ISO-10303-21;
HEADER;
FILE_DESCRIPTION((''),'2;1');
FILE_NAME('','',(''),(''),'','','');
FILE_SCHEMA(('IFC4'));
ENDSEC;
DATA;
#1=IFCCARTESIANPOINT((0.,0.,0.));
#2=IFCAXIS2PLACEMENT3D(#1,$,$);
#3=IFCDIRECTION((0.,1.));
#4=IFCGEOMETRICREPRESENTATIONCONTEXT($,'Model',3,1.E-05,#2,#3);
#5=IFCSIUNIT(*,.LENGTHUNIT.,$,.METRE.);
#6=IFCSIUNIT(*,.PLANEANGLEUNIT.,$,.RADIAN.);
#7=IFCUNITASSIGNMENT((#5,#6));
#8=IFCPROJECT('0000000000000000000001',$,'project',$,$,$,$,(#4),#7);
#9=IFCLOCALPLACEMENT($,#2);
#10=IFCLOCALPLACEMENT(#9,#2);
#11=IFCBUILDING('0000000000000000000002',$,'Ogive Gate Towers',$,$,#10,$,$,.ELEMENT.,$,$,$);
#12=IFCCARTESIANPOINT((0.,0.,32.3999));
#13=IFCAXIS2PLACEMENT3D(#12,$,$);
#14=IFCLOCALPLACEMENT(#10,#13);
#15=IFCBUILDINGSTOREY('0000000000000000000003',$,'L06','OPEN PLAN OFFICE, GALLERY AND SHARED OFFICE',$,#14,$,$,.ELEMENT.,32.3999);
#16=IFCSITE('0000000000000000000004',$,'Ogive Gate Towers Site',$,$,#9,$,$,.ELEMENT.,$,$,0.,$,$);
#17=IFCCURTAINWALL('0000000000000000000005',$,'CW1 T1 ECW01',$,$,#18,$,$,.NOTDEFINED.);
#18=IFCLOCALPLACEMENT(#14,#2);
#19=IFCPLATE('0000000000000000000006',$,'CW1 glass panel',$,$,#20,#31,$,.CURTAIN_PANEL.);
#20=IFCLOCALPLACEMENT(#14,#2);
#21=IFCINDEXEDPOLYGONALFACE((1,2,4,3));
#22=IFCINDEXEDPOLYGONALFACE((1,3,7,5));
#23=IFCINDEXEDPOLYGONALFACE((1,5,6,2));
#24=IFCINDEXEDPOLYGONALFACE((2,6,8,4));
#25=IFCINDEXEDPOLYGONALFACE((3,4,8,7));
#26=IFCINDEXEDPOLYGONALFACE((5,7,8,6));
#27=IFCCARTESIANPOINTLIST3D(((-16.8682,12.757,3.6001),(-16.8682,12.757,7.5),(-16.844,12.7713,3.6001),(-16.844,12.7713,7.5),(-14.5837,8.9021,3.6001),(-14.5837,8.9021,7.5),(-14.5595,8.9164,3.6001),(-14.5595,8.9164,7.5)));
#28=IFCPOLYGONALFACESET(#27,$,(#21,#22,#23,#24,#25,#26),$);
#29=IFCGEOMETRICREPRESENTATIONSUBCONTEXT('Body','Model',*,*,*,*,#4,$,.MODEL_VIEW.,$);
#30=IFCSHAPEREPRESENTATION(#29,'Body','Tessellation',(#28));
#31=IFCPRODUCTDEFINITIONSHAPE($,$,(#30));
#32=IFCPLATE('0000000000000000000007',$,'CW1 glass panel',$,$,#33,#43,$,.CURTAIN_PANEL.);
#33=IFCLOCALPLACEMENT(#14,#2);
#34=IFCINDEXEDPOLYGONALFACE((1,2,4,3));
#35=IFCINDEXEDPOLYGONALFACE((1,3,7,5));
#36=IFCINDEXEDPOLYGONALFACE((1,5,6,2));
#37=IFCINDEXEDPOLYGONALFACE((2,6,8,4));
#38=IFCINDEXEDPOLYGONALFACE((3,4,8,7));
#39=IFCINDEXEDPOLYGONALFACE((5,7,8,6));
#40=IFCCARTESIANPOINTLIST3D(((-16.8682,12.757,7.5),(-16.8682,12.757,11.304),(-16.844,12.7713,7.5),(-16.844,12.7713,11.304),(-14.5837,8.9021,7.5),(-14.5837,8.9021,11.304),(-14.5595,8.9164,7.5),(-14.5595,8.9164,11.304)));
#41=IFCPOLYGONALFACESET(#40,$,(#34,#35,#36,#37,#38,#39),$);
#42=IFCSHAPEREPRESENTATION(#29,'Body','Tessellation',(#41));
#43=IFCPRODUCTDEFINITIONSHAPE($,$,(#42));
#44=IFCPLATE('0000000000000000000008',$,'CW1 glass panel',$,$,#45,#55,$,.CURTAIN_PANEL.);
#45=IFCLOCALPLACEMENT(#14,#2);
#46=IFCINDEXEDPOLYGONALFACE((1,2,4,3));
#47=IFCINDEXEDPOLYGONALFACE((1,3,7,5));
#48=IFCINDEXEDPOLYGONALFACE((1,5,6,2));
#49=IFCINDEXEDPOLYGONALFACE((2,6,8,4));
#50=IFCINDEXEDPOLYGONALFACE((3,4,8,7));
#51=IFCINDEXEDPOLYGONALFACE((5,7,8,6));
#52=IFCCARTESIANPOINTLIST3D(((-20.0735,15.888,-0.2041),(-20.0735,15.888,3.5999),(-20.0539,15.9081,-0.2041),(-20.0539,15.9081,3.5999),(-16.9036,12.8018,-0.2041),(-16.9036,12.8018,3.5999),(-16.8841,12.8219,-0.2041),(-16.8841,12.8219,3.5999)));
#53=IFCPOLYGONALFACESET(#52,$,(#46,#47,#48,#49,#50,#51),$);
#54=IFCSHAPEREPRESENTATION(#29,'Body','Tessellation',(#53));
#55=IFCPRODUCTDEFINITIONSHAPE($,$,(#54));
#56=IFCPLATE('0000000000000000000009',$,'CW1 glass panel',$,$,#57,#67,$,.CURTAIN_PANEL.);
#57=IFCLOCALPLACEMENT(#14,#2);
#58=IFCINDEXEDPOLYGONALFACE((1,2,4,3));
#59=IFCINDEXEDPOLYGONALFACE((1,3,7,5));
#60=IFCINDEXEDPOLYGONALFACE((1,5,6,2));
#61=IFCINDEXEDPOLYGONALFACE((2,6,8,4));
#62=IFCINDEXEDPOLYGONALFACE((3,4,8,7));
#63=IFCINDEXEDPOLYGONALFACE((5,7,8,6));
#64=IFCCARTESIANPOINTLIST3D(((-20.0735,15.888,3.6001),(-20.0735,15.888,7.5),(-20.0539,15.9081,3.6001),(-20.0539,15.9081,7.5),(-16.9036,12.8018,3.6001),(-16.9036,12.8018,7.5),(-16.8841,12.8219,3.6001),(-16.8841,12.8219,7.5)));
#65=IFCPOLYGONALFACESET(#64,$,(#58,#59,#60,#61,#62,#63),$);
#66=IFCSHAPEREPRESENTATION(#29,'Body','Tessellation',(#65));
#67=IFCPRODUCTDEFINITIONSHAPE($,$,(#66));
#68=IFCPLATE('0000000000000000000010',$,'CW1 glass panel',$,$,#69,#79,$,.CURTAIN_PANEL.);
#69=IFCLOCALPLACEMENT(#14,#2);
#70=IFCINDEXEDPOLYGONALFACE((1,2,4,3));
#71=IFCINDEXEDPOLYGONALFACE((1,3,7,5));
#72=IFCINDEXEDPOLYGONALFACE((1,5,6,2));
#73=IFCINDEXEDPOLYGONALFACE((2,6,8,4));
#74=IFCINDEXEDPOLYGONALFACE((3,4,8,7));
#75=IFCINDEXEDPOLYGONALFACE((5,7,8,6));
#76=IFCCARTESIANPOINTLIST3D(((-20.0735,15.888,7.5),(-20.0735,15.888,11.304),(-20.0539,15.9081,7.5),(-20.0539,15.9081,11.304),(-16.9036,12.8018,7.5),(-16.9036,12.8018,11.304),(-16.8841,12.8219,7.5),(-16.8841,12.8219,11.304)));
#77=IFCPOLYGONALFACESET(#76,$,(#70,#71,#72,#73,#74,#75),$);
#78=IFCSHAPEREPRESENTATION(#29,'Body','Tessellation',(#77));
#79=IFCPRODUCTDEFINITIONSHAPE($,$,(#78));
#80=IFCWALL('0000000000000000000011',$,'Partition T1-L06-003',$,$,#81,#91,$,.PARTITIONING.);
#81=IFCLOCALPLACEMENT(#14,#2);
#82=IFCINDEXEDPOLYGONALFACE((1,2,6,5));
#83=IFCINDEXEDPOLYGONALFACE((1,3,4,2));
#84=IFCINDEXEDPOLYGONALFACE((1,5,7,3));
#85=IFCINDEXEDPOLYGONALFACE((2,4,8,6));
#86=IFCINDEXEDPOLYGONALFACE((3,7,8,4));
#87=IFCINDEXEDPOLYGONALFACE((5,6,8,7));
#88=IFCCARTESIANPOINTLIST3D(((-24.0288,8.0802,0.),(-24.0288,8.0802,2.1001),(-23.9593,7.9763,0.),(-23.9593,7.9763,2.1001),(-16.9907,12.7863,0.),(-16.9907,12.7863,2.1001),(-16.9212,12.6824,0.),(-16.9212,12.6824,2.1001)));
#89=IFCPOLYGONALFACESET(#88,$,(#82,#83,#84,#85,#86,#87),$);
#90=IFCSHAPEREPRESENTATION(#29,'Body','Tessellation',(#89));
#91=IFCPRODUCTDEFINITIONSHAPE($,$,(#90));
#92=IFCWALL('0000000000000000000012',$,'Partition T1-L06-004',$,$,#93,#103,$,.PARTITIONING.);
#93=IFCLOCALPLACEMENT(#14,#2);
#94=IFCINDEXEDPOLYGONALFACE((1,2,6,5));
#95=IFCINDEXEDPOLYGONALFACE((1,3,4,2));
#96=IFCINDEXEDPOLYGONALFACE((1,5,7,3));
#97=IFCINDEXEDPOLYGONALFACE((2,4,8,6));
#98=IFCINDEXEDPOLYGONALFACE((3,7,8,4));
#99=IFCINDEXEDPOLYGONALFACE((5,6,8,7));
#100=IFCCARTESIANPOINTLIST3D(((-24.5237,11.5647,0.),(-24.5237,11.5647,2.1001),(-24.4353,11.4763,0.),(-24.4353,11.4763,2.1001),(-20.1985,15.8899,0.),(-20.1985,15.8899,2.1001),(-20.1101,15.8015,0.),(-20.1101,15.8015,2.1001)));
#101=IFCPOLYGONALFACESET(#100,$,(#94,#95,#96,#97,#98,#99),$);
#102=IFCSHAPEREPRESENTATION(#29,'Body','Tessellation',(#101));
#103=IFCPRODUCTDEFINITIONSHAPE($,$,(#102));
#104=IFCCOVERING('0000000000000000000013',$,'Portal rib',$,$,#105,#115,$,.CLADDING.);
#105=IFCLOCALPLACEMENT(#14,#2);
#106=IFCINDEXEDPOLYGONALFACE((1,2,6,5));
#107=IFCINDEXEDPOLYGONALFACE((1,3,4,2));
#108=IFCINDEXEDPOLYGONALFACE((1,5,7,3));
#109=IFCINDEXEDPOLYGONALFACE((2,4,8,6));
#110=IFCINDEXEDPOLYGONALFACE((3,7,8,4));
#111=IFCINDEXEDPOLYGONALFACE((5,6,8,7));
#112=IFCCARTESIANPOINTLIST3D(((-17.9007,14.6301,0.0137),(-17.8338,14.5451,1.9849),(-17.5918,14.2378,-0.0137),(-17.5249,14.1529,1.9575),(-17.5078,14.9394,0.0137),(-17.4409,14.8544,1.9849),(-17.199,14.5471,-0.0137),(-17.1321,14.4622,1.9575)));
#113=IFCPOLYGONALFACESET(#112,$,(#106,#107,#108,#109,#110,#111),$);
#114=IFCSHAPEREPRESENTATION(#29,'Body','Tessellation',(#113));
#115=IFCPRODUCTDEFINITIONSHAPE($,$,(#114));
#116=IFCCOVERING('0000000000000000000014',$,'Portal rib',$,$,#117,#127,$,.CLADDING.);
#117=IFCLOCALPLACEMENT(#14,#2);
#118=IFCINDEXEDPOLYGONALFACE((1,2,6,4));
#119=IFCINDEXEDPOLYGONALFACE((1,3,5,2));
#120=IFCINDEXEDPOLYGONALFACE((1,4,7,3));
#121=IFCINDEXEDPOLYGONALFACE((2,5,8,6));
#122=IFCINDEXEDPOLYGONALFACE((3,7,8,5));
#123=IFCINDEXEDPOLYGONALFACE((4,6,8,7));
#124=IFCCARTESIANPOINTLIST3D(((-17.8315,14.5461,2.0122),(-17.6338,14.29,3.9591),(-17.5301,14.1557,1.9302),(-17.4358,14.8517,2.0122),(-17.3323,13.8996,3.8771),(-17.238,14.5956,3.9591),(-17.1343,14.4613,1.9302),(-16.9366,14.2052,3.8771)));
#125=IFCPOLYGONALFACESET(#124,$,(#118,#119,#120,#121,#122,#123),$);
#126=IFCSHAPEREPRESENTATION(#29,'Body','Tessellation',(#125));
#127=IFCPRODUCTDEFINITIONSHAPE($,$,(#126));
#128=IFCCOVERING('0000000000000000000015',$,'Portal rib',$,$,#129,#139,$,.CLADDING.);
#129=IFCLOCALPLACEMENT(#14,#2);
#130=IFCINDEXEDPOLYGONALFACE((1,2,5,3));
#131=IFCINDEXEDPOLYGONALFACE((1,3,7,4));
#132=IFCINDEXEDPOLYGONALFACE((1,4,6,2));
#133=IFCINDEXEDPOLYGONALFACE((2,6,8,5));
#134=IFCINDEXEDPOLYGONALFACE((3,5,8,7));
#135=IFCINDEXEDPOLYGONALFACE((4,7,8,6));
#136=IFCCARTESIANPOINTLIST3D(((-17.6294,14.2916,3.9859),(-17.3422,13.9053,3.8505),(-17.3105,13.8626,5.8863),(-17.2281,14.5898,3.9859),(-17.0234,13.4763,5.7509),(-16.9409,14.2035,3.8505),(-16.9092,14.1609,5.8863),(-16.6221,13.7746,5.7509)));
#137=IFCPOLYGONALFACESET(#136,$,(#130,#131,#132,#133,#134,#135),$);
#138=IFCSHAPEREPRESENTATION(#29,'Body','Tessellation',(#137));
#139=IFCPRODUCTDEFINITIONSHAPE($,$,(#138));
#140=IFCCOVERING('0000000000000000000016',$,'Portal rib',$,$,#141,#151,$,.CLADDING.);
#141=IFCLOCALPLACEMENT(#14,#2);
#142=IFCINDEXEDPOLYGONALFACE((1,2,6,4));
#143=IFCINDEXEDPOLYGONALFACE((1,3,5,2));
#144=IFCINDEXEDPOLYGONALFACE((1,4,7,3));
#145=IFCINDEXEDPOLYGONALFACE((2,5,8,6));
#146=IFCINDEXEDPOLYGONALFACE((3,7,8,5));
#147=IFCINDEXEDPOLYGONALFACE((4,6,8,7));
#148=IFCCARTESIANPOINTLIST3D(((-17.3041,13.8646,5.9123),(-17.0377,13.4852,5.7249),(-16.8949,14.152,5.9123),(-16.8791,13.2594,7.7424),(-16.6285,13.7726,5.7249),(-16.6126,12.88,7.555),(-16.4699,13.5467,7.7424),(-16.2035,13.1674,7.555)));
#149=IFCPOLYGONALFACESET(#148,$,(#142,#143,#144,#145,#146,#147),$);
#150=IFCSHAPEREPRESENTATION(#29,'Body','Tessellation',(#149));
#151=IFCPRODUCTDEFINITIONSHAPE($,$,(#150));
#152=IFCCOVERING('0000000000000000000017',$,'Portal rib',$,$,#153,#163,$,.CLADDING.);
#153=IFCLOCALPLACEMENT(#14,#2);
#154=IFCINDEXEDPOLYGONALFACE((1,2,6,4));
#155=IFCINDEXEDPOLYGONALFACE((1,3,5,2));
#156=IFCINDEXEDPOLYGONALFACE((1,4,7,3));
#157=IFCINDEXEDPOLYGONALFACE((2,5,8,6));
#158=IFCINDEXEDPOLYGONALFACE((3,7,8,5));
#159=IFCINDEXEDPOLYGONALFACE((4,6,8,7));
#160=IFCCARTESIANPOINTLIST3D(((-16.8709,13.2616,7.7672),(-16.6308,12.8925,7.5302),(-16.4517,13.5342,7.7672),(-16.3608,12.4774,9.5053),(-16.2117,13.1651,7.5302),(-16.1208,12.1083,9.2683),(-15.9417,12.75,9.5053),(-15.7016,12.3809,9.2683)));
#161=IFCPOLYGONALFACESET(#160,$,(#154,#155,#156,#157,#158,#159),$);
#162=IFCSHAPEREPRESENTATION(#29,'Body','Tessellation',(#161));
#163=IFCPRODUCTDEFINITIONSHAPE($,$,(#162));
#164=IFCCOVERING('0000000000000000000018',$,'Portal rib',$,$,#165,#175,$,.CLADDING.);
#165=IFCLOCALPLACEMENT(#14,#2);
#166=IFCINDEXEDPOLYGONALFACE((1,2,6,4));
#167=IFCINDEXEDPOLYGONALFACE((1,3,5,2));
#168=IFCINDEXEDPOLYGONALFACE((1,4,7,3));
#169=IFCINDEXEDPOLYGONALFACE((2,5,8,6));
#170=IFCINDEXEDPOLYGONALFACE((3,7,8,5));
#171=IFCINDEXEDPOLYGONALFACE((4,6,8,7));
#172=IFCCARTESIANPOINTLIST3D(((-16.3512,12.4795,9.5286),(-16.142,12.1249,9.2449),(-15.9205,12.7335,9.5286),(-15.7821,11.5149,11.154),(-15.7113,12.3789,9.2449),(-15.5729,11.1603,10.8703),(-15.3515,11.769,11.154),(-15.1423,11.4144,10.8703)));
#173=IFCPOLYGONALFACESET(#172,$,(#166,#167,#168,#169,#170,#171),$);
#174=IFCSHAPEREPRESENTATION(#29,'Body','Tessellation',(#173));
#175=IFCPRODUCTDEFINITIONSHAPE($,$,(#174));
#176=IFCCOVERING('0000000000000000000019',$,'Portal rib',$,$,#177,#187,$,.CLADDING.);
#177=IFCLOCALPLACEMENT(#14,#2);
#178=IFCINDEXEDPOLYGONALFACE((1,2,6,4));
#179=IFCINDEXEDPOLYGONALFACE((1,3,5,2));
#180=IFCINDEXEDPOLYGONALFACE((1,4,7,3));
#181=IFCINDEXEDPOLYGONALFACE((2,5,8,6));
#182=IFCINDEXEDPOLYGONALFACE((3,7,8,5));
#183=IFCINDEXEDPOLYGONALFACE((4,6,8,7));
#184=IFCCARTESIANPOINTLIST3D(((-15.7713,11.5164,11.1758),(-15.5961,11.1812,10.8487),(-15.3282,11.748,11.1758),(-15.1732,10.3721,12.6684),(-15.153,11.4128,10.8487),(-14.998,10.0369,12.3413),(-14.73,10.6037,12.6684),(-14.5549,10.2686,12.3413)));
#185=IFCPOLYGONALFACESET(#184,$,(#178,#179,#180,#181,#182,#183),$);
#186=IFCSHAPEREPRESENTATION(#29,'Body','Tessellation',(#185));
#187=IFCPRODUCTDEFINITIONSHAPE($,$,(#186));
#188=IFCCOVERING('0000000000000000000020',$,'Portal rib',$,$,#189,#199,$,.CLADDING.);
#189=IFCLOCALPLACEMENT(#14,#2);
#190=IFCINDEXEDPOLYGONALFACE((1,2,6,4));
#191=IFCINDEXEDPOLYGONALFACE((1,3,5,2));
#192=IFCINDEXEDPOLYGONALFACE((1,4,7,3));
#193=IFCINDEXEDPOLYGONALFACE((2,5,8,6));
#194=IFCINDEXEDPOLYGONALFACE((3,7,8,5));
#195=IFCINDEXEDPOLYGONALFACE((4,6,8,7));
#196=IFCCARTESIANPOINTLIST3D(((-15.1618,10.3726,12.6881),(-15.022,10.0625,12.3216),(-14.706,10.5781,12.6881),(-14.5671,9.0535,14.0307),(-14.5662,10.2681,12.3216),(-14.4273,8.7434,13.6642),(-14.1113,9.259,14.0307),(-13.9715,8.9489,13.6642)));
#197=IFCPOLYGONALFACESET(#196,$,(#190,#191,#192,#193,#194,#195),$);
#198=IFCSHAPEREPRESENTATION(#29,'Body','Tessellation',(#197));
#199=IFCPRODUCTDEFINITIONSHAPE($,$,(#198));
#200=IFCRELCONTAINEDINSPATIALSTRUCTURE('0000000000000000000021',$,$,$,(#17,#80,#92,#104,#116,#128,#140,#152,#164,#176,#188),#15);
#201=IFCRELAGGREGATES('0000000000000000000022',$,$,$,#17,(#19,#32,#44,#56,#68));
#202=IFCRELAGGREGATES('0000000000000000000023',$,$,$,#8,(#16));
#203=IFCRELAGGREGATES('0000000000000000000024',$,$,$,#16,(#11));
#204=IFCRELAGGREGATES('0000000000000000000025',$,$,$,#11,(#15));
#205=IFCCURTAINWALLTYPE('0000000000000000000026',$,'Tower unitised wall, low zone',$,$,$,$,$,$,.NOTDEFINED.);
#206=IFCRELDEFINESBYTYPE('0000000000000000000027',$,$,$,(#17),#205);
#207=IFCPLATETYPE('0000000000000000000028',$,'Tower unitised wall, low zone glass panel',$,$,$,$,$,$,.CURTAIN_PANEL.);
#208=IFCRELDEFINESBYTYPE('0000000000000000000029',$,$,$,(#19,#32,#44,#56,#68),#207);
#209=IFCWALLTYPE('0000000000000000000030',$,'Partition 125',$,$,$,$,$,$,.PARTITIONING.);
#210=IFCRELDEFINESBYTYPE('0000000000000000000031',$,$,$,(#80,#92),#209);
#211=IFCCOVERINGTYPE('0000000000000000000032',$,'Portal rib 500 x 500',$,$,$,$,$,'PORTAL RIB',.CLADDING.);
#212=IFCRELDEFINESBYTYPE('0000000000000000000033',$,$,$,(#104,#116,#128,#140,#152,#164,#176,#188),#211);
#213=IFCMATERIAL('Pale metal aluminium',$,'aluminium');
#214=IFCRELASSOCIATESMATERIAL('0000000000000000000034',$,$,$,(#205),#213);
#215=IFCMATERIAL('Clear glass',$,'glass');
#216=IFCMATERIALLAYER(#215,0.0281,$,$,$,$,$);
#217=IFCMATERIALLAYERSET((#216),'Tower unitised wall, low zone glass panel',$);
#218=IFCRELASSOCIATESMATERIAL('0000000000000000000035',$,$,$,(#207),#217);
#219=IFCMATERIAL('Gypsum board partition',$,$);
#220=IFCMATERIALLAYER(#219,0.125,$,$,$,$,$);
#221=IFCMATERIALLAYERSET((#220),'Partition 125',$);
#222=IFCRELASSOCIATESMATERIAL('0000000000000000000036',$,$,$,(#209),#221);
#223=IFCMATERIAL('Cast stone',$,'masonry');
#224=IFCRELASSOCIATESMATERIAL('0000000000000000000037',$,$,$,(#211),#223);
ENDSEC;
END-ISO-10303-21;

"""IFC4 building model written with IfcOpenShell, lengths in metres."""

from ifc_helpers import new_model, si_unit, direction, frame, frame_2d, origin, origin_2d, place, context, subcontext, project, spatial, rectangle, extrude, material, layer, layer_set, material_profile, profile_set, type_object, element, aggregate, save


model = new_model("IFC4")

# Units and contexts
model_context = context("Model", 3, precision=1e-05, world=origin(), true_north=direction((0.0, 1.0)))
body_context = subcontext(model_context, "Body", "Model", "MODEL_VIEW")
ifc_project = project(units=[si_unit("LENGTHUNIT", "METRE"), si_unit("PLANEANGLEUNIT", "RADIAN")], contexts=[model_context])

# Site, building, storey
site_placement = place(None, origin())
site = spatial("IfcSite", under=ifc_project, at=site_placement, Name="Ogive Gate Towers Site", CompositionType="ELEMENT", RefElevation=0.0)
building_placement = place(site_placement, origin())
building = spatial("IfcBuilding", under=site, at=building_placement, Name="Ogive Gate Towers", CompositionType="ELEMENT")
storey_placement = place(building_placement, frame((0.0, 0.0, 32.3999)))
storey = spatial("IfcBuildingStorey", under=building, at=storey_placement, Name="L06", Description="OPEN PLAN OFFICE, GALLERY AND SHARED OFFICE", CompositionType="ELEMENT", Elevation=32.3999)

# Curtain wall
ifc_material_1 = material(Name="Pale metal aluminium", Category="aluminium")
curtain_wall_type = type_object("IfcCurtainWallType", Name="Tower unitised wall, low zone", PredefinedType="NOTDEFINED", material=ifc_material_1)
curtain_wall_1_placement = place(storey_placement, origin())
curtain_wall_1 = element("IfcCurtainWall", 1, at=curtain_wall_1_placement, inside=storey, type_object=curtain_wall_type, Name="CW1 T1 ECW01", PredefinedType="NOTDEFINED")

# Plates
ifc_material_2 = material(Name="Clear glass", Category="glass")
ifc_layer_1 = layer(ifc_material_2, 0.0281)
ifc_layer_set_1 = layer_set([ifc_layer_1], Name="Tower unitised wall, low zone glass panel")
plate_type = type_object("IfcPlateType", Name="Tower unitised wall, low zone glass panel", PredefinedType="CURTAIN_PANEL", material=ifc_layer_set_1)
plate_1_placement = place(storey_placement, frame((-15.7139, 10.8367, 3.6001), z_axis=(0.0, 0.0, 1.0), x_axis=(-0.509822, 0.86028, 0.0)))
plate_1 = element("IfcPlate", 2, at=plate_1_placement, type_object=plate_type, Name="CW1 glass panel", PredefinedType="CURTAIN_PANEL", context=body_context, shape_type="SweptSolid", body=[
    extrude(rectangle(XDim=4.481, YDim=0.0281, at=origin_2d()), origin(), (0.0, 0.0, 1.0), 3.8999),
])
plate_2_placement = place(storey_placement, frame((-15.7139, 10.8367, 7.5), z_axis=(0.0, 0.0, 1.0), x_axis=(-0.509822, 0.86028, 0.0)))
plate_2 = element("IfcPlate", 3, at=plate_2_placement, type_object=plate_type, Name="CW1 glass panel", PredefinedType="CURTAIN_PANEL", context=body_context, shape_type="SweptSolid", body=[
    extrude(rectangle(XDim=4.481, YDim=0.0281, at=origin_2d()), origin(), (0.0, 0.0, 1.0), 3.804),
])
plate_3_placement = place(storey_placement, frame((-18.4788, 14.355, -0.2041), z_axis=(0.0, 0.0, 1.0), x_axis=(-0.716497, 0.69759, 0.0)))
plate_3 = element("IfcPlate", 4, at=plate_3_placement, type_object=plate_type, Name="CW1 glass panel", PredefinedType="CURTAIN_PANEL", context=body_context, shape_type="SweptSolid", body=[
    extrude(rectangle(XDim=4.4241, YDim=0.0281, at=origin_2d()), origin(), (0.0, 0.0, 1.0), 3.804),
])
plate_4_placement = place(storey_placement, frame((-18.4788, 14.355, 3.6001), z_axis=(0.0, 0.0, 1.0), x_axis=(-0.716497, 0.69759, 0.0)))
plate_4 = element("IfcPlate", 5, at=plate_4_placement, type_object=plate_type, Name="CW1 glass panel", PredefinedType="CURTAIN_PANEL", context=body_context, shape_type="SweptSolid", body=[
    extrude(rectangle(XDim=4.4241, YDim=0.0281, at=origin_2d()), origin(), (0.0, 0.0, 1.0), 3.8999),
])
plate_5_placement = place(storey_placement, frame((-18.4788, 14.355, 7.5), z_axis=(0.0, 0.0, 1.0), x_axis=(-0.716497, 0.69759, 0.0)))
plate_5 = element("IfcPlate", 6, at=plate_5_placement, type_object=plate_type, Name="CW1 glass panel", PredefinedType="CURTAIN_PANEL", context=body_context, shape_type="SweptSolid", body=[
    extrude(rectangle(XDim=4.4241, YDim=0.0281, at=origin_2d()), origin(), (0.0, 0.0, 1.0), 3.804),
])
aggregate(curtain_wall_1, [plate_1, plate_2, plate_3, plate_4, plate_5])

# Walls
ifc_material_3 = material(Name="Gypsum board partition")
ifc_layer_2 = layer(ifc_material_3, 0.125)
ifc_layer_set_2 = layer_set([ifc_layer_2], Name="Partition 125")
wall_type = type_object("IfcWallType", Name="Partition 125", PredefinedType="PARTITIONING", material=ifc_layer_set_2)
wall_1_placement = place(storey_placement, frame((-16.9558, 12.7344, 0.0), z_axis=(0.0, 0.0, 1.0), x_axis=(-0.831286, -0.555844, 0.0)))
element("IfcWall", 7, at=wall_1_placement, inside=storey, type_object=wall_type, Name="Partition T1-L06-003", PredefinedType="PARTITIONING", context=body_context, shape_type="SweptSolid", body=[
    extrude(rectangle(XDim=8.4666, YDim=0.125, at=frame_2d((4.2334, 0.0))), origin(), (0.0, 0.0, 1.0), 2.1001),
])
wall_2_placement = place(storey_placement, frame((-20.1543, 15.8457, 0.0), z_axis=(0.0, 0.0, 1.0), x_axis=(-0.707107, -0.707107, 0.0)))
element("IfcWall", 8, at=wall_2_placement, inside=storey, type_object=wall_type, Name="Partition T1-L06-004", PredefinedType="PARTITIONING", context=body_context, shape_type="SweptSolid", body=[
    extrude(rectangle(XDim=6.1167, YDim=0.125, at=frame_2d((3.0583, 0.0))), origin(), (0.0, 0.0, 1.0), 2.1001),
])

# Coverings
ifc_material_4 = material(Name="Cast stone", Category="masonry")
ifc_material_profile_1 = material_profile(ifc_material_4, rectangle(XDim=0.5, YDim=0.5, at=origin_2d()), Name="500 x 500 cast stone")
ifc_profile_set_1 = profile_set([ifc_material_profile_1], Name="Cast stone")
covering_type = type_object("IfcCoveringType", Name="Portal rib 500 x 500", ElementType="PORTAL RIB", PredefinedType="CLADDING", material=ifc_profile_set_1)
covering_1_placement = place(storey_placement, frame((-17.5498, 14.5886, 0.0), z_axis=(0.033885, -0.043037, 0.998499), x_axis=(0.785691, 0.618619, 0.0)))
element("IfcCovering", 9, at=covering_1_placement, inside=storey, type_object=covering_type, Name="Portal rib", PredefinedType="CLADDING", context=body_context, shape_type="SweptSolid", body=[
    extrude(rectangle(XDim=0.5, YDim=0.5, at=origin_2d()), origin(), (0.0, 0.0, 1.0), 1.9741),
])
covering_2_placement = place(storey_placement, frame((-17.4829, 14.5037, 1.9712), z_axis=(0.100193, -0.129756, 0.986471), x_axis=(0.791501, 0.611168, 0.0)))
element("IfcCovering", 10, at=covering_2_placement, inside=storey, type_object=covering_type, Name="Portal rib", PredefinedType="CLADDING", context=body_context, shape_type="SweptSolid", body=[
    extrude(rectangle(XDim=0.5, YDim=0.5, at=origin_2d()), origin(), (0.0, 0.0, 1.0), 1.9736),
])
covering_3_placement = place(storey_placement, frame((-17.2852, 14.2476, 3.9182), z_axis=(0.161514, -0.217289, 0.962652), x_axis=(0.802569, 0.596559, 0.0)))
element("IfcCovering", 11, at=covering_3_placement, inside=storey, type_object=covering_type, Name="Portal rib", PredefinedType="CLADDING", context=body_context, shape_type="SweptSolid", body=[
    extrude(rectangle(XDim=0.5, YDim=0.5, at=origin_2d()), origin(), (0.0, 0.0, 1.0), 1.9741),
])
for number, where, z_axis, x_axis, name in (
    (12, (-16.9663, 13.8186, 5.8186), (0.215338, -0.306619, 0.927154), (0.818347, 0.574725, 0.0), "Portal rib"),
    (13, (-16.5413, 13.2134, 7.6487), (0.258392, -0.397298, 0.880561), (0.8383, 0.545208, 0.0), "Portal rib"),
    (14, (-16.0312, 12.4292, 9.3867), (0.288299, -0.488661, 0.823464), (0.861278, 0.508134, 0.0), "Portal rib"),
):
    element("IfcCovering", number, at=place(storey_placement, frame(where, z_axis=z_axis, x_axis=x_axis)), inside=storey, type_object=covering_type, Name=name, PredefinedType="CLADDING", context=body_context, shape_type="SweptSolid", body=[
        extrude(rectangle(XDim=0.5, YDim=0.5, at=origin_2d()), origin(), (0.0, 0.0, 1.0), 1.9739),
    ])
covering_4_placement = place(storey_placement, frame((-15.4622, 11.4646, 11.0122), z_axis=(0.303067, -0.579785, 0.756306), x_axis=(0.886227, 0.463251, 0.0)))
element("IfcCovering", 15, at=covering_4_placement, inside=storey, type_object=covering_type, Name="Portal rib", PredefinedType="CLADDING", context=body_context, shape_type="SweptSolid", body=[
    extrude(rectangle(XDim=0.5, YDim=0.5, at=origin_2d()), origin(), (0.0, 0.0, 1.0), 1.9736),
])
covering_5_placement = place(storey_placement, frame((-14.864, 10.3203, 12.5049), z_axis=(0.301303, -0.668283, 0.680157), x_axis=(0.911628, 0.411017, 0.0)))
element("IfcCovering", 16, at=covering_5_placement, inside=storey, type_object=covering_type, Name="Portal rib", PredefinedType="CLADDING", context=body_context, shape_type="SweptSolid", body=[
    extrude(rectangle(XDim=0.5, YDim=0.5, at=origin_2d()), origin(), (0.0, 0.0, 1.0), 1.9739),
])

save(model, "model.ifc")
